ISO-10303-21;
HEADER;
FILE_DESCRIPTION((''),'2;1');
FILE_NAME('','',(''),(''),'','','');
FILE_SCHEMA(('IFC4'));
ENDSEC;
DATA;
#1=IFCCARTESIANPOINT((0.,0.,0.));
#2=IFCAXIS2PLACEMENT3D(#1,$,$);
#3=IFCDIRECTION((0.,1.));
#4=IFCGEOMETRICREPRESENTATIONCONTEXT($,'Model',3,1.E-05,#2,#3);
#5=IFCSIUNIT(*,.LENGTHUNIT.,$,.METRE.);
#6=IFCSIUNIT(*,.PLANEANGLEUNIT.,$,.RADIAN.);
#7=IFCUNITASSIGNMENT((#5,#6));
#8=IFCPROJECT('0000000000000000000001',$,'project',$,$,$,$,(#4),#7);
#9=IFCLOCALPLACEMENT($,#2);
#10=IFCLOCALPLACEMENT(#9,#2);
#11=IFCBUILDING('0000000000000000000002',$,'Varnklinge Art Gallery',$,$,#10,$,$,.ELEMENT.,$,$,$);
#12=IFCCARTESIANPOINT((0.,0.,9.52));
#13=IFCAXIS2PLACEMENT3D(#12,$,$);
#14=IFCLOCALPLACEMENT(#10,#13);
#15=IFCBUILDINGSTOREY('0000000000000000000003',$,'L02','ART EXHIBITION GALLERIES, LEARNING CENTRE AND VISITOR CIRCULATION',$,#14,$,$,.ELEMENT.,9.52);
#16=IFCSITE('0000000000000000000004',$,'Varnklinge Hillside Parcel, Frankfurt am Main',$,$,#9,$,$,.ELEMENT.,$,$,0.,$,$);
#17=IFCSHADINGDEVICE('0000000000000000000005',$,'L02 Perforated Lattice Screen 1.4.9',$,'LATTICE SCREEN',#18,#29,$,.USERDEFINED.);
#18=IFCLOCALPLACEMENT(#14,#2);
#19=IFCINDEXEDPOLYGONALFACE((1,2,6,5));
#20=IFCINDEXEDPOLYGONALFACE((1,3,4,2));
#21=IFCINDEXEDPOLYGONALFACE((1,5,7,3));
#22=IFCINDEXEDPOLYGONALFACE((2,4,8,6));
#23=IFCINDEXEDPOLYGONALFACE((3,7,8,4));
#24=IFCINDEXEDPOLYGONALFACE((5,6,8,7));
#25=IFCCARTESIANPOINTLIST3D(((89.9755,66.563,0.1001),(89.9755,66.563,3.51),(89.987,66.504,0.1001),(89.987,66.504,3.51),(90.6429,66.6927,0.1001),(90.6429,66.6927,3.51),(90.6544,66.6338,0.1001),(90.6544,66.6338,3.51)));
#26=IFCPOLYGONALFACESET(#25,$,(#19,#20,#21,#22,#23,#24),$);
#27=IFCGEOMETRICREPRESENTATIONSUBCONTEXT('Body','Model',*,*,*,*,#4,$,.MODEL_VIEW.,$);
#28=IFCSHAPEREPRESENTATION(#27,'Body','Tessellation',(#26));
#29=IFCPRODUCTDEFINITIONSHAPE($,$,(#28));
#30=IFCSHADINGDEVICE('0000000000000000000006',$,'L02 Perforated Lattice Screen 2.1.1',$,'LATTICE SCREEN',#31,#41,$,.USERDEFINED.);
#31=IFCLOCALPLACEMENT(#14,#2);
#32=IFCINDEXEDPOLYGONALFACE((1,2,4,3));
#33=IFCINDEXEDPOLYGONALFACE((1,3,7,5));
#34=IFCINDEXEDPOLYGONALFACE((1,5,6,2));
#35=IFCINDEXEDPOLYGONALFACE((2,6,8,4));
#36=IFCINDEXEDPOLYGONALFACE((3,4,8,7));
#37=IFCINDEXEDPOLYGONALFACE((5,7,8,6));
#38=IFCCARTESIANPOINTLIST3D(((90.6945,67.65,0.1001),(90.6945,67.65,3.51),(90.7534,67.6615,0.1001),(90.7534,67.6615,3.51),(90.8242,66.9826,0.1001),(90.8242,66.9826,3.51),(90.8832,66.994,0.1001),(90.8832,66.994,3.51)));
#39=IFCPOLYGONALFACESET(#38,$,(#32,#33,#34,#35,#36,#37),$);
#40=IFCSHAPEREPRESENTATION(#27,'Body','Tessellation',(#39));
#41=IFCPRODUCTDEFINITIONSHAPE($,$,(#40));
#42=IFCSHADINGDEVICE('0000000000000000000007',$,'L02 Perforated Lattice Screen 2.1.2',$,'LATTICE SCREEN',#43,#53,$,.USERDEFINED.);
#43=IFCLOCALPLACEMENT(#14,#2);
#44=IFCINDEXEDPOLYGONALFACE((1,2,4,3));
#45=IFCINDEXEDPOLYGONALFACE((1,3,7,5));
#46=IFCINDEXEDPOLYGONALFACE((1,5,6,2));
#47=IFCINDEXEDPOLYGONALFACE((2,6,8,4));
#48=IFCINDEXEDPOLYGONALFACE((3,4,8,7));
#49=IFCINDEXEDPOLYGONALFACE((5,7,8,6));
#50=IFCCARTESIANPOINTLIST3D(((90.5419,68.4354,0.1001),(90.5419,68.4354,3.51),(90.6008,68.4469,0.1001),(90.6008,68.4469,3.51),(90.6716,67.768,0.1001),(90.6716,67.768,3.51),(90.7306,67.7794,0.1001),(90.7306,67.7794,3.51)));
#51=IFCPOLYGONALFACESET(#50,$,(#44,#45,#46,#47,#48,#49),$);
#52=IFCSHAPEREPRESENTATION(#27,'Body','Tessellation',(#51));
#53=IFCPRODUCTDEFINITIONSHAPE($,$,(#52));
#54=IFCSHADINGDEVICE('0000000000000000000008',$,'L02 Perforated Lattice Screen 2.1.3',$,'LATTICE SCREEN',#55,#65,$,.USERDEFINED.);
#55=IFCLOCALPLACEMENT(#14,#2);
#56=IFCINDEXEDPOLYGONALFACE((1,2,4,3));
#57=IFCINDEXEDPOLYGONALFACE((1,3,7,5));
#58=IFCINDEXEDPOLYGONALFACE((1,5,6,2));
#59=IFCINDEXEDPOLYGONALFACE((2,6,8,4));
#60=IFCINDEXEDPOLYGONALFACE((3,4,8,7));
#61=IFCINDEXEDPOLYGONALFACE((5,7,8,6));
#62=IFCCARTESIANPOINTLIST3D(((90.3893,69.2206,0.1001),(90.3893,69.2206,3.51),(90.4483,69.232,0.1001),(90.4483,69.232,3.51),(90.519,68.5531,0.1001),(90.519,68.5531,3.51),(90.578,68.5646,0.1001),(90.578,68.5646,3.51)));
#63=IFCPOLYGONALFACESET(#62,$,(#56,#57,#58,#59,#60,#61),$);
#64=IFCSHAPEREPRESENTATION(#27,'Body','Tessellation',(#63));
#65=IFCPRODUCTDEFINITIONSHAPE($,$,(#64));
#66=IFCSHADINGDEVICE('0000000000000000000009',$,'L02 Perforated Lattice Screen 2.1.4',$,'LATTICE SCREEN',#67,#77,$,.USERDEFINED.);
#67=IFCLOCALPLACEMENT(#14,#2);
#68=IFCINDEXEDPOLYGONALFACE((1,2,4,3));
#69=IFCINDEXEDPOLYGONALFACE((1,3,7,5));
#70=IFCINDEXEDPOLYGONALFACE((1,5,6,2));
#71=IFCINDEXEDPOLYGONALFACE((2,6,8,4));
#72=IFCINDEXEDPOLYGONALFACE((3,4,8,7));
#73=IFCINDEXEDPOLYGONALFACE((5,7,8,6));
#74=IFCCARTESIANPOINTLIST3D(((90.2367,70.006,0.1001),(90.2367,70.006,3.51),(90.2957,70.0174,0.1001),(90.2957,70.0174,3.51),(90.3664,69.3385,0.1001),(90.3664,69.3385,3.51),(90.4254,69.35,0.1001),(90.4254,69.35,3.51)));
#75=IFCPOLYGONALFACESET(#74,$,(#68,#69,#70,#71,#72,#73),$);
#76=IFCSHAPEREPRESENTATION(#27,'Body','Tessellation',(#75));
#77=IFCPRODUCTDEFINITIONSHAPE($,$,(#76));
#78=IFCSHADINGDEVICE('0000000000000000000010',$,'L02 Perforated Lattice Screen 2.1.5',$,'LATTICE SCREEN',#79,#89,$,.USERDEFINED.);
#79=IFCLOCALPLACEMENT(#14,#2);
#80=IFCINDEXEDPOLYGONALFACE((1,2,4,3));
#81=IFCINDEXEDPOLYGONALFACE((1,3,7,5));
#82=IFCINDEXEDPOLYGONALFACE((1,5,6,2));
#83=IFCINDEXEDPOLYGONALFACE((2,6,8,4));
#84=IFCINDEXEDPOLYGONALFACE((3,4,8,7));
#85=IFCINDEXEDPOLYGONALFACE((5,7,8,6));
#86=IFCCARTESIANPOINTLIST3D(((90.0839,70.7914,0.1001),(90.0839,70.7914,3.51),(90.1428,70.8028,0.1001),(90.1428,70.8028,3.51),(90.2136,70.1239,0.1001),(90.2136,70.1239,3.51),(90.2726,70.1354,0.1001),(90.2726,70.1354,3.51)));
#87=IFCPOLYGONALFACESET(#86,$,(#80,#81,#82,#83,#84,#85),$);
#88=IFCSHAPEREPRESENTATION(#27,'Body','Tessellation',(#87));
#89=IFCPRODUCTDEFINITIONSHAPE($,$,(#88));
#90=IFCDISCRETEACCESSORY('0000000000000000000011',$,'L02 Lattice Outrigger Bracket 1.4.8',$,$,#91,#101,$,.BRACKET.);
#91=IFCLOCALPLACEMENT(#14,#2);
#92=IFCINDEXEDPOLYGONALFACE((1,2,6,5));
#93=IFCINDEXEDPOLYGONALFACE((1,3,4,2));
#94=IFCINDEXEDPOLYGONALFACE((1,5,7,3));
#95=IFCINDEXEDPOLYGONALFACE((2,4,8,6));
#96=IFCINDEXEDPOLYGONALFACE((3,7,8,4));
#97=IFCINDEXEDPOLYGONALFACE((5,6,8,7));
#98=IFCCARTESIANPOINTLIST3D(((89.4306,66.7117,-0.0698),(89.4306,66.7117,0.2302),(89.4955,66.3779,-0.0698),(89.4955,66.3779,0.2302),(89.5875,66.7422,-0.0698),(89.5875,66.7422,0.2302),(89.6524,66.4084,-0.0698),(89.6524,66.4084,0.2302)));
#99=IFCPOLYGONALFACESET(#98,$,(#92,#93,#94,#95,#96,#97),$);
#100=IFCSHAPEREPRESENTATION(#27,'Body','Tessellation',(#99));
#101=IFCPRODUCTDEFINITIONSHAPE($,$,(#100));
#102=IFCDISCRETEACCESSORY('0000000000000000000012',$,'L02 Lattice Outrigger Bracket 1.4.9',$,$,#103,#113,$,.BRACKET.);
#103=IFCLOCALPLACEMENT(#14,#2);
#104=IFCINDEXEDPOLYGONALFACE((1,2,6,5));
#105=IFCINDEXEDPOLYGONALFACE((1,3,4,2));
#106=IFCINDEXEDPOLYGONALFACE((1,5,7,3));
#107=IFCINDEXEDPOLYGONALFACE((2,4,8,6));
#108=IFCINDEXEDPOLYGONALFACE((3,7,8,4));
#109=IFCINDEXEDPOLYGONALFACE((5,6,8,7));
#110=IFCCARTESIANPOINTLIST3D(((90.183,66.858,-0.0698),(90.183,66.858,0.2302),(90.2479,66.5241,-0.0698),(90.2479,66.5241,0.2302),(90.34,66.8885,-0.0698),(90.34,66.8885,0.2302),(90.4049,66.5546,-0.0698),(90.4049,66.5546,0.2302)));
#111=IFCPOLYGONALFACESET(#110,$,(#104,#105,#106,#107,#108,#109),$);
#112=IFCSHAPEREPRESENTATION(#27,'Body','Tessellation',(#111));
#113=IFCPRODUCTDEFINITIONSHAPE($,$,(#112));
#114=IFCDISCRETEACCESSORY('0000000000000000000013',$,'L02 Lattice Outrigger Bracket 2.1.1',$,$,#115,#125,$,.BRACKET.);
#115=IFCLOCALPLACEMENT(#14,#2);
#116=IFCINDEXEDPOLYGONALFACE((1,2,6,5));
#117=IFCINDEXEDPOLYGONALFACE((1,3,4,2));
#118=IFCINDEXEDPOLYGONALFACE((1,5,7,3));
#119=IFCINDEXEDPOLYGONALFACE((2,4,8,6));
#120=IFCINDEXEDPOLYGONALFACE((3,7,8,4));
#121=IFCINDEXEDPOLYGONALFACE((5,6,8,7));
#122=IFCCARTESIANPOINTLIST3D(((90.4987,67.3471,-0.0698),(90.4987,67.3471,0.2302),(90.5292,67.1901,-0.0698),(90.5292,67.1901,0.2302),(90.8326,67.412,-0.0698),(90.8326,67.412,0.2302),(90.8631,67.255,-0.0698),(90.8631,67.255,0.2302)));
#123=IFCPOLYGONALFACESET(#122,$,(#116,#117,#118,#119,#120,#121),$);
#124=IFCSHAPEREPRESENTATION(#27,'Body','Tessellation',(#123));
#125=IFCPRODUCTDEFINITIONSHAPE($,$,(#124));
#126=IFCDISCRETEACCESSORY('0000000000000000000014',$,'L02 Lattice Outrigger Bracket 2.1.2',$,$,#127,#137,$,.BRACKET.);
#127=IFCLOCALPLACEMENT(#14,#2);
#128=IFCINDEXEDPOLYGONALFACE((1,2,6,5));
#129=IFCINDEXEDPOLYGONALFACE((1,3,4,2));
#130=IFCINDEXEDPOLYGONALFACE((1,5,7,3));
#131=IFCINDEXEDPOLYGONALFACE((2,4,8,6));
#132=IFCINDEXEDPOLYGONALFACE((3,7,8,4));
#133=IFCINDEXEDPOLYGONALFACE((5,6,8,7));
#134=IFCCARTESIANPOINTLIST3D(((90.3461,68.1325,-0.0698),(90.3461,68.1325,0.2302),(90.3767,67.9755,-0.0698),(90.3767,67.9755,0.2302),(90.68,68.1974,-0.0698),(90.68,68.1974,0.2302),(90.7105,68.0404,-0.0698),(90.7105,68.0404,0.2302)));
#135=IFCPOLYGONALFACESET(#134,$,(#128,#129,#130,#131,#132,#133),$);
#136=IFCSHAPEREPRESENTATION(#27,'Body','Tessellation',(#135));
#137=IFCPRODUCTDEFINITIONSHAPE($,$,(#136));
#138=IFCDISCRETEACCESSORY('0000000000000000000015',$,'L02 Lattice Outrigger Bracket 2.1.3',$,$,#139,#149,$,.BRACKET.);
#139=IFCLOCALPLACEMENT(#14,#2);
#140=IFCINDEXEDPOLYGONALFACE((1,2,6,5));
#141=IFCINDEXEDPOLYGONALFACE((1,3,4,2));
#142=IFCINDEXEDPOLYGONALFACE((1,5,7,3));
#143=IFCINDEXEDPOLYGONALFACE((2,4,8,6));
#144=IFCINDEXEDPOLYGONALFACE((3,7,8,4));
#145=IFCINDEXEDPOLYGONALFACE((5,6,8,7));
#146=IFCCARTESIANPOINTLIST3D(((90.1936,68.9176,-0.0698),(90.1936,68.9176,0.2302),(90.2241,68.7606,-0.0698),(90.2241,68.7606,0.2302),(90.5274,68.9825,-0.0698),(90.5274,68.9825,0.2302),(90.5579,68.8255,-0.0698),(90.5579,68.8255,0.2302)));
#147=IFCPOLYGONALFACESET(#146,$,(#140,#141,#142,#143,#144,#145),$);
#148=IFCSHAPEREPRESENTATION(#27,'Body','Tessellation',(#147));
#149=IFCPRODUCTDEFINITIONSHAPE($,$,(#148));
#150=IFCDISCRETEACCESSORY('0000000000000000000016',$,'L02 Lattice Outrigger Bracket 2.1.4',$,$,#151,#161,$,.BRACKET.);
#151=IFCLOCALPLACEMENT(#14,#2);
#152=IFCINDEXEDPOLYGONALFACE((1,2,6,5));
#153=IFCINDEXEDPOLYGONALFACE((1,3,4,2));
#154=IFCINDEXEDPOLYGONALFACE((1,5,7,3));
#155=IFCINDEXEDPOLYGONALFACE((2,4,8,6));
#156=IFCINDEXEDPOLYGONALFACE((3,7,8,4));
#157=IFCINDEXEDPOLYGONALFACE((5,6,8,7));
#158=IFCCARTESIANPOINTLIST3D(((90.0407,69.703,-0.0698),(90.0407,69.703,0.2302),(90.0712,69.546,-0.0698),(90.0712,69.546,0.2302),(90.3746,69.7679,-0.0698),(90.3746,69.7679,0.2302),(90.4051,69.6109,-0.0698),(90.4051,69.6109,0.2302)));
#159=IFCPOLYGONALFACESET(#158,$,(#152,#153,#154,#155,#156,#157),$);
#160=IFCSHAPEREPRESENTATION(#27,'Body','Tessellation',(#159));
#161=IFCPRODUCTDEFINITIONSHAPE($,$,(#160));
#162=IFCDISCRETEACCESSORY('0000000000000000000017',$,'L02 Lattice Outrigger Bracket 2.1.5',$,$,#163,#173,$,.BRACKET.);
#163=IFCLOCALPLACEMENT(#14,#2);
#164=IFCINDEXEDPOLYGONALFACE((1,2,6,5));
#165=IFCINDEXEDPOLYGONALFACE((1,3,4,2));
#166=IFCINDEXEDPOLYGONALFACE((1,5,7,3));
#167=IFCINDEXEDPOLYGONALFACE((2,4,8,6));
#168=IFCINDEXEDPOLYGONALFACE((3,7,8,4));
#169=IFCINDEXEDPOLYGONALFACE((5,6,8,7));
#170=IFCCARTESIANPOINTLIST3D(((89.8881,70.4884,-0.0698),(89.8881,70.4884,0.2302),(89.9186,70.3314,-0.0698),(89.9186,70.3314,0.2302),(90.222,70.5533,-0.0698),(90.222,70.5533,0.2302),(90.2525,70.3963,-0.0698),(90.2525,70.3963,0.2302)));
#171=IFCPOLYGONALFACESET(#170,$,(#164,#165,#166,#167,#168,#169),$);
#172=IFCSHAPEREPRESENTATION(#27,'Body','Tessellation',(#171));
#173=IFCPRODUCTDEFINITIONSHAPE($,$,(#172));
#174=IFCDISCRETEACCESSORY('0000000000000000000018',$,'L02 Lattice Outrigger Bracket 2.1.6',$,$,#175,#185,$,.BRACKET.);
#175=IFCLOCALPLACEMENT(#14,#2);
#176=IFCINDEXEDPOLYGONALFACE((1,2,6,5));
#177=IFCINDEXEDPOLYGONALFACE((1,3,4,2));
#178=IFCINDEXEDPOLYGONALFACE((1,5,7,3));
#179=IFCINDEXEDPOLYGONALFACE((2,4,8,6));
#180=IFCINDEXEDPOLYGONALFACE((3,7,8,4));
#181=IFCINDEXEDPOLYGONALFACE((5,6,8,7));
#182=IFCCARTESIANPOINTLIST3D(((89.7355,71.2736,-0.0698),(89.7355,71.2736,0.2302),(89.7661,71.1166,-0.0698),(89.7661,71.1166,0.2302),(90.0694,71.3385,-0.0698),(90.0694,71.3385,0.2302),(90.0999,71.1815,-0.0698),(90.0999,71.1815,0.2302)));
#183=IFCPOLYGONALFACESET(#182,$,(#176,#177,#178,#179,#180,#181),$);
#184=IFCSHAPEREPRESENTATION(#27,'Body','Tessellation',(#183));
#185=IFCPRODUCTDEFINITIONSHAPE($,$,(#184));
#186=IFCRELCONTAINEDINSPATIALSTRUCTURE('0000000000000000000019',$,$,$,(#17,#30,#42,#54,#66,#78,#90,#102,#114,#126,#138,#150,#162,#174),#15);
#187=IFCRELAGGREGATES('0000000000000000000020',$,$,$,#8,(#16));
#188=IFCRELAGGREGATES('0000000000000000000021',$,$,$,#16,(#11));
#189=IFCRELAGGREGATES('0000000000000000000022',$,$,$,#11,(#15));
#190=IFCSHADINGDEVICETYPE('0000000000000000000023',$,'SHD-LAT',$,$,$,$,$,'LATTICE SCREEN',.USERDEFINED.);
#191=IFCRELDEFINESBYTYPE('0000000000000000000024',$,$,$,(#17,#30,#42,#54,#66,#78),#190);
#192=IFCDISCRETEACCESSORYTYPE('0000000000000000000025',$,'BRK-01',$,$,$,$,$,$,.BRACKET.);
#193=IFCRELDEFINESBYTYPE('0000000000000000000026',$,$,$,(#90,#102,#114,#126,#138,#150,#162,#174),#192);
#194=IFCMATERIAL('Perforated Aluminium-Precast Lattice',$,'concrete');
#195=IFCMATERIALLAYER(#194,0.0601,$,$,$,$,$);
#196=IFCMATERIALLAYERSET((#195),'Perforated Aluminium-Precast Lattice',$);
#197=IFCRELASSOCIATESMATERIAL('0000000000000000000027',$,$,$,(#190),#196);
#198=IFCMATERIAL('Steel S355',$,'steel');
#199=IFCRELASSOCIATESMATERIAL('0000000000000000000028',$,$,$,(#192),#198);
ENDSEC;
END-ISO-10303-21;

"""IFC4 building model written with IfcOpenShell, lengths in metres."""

from ifc_helpers import new_model, si_unit, direction, frame, origin, origin_2d, place, context, subcontext, project, spatial, rectangle, extrude, material, layer, layer_set, type_object, element, save


model = new_model("IFC4")

# Units and contexts
model_context = context("Model", 3, precision=1e-05, world=origin(), true_north=direction((0.0, 1.0)))
body_context = subcontext(model_context, "Body", "Model", "MODEL_VIEW")
ifc_project = project(units=[si_unit("LENGTHUNIT", "METRE"), si_unit("PLANEANGLEUNIT", "RADIAN")], contexts=[model_context])

# Site, building, storey
site_placement = place(None, origin())
site = spatial("IfcSite", under=ifc_project, at=site_placement, Name="Varnklinge Hillside Parcel, Frankfurt am Main", CompositionType="ELEMENT", RefElevation=0.0)
building_placement = place(site_placement, origin())
building = spatial("IfcBuilding", under=site, at=building_placement, Name="Varnklinge Art Gallery", CompositionType="ELEMENT")
storey_placement = place(building_placement, frame((0.0, 0.0, 9.52)))
storey = spatial("IfcBuildingStorey", under=building, at=storey_placement, Name="L02", Description="ART EXHIBITION GALLERIES, LEARNING CENTRE AND VISITOR CIRCULATION", CompositionType="ELEMENT", Elevation=9.52)

# Shading devices
ifc_material_1 = material(Name="Perforated Aluminium-Precast Lattice", Category="concrete")
ifc_layer_1 = layer(ifc_material_1, 0.0601)
ifc_layer_set_1 = layer_set([ifc_layer_1], Name="Perforated Aluminium-Precast Lattice")
shading_device_type = type_object("IfcShadingDeviceType", Name="SHD-LAT", ElementType="LATTICE SCREEN", PredefinedType="USERDEFINED", material=ifc_layer_set_1)
for number, where, z_axis, x_axis, name in (
    (1, (90.3149, 66.5984, 0.1001), (0.0, 0.0, 1.0), (0.981627, 0.190809, 0.0), "L02 Perforated Lattice Screen 1.4.9"),
    (2, (90.7888, 67.322, 0.1001), (0.0, 0.0, 1.0), (-0.190809, 0.981627, 0.0), "L02 Perforated Lattice Screen 2.1.1"),
    (3, (90.6362, 68.1074, 0.1001), (0.0, 0.0, 1.0), (-0.190809, 0.981627, 0.0), "L02 Perforated Lattice Screen 2.1.2"),
    (4, (90.4836, 68.8926, 0.1001), (0.0, 0.0, 1.0), (-0.190809, 0.981627, 0.0), "L02 Perforated Lattice Screen 2.1.3"),
    (5, (90.3311, 69.678, 0.1001), (0.0, 0.0, 1.0), (-0.190809, 0.981627, 0.0), "L02 Perforated Lattice Screen 2.1.4"),
    (6, (90.1782, 70.4634, 0.1001), (0.0, 0.0, 1.0), (-0.190809, 0.981627, 0.0), "L02 Perforated Lattice Screen 2.1.5"),
):
    element("IfcShadingDevice", number, at=place(storey_placement, frame(where, z_axis=z_axis, x_axis=x_axis)), inside=storey, type_object=shading_device_type, Name=name, ObjectType="LATTICE SCREEN", PredefinedType="USERDEFINED", context=body_context, shape_type="SweptSolid", body=[
        extrude(rectangle(XDim=0.6799, YDim=0.0601, at=origin_2d()), origin(), (0.0, 0.0, 1.0), 3.4099),
    ])

# Discrete accessories
ifc_material_2 = material(Name="Steel S355", Category="steel")
discrete_accessory_type = type_object("IfcDiscreteAccessoryType", Name="BRK-01", PredefinedType="BRACKET", material=ifc_material_2)
for number, where, z_axis, x_axis, name in (
    (7, (89.5415, 66.5601, -0.0698), (0.0, 0.0, 1.0), (0.981627, 0.190809, 0.0), "L02 Lattice Outrigger Bracket 1.4.8"),
    (8, (90.2939, 66.7063, -0.0698), (0.0, 0.0, 1.0), (0.981627, 0.190809, 0.0), "L02 Lattice Outrigger Bracket 1.4.9"),
    (9, (90.6809, 67.301, -0.0698), (0.0, 0.0, 1.0), (-0.190809, 0.981627, 0.0), "L02 Lattice Outrigger Bracket 2.1.1"),
    (10, (90.5283, 68.0864, -0.0698), (0.0, 0.0, 1.0), (-0.190809, 0.981627, 0.0), "L02 Lattice Outrigger Bracket 2.1.2"),
    (11, (90.3757, 68.8716, -0.0698), (0.0, 0.0, 1.0), (-0.190809, 0.981627, 0.0), "L02 Lattice Outrigger Bracket 2.1.3"),
    (12, (90.2229, 69.657, -0.0698), (0.0, 0.0, 1.0), (-0.190809, 0.981627, 0.0), "L02 Lattice Outrigger Bracket 2.1.4"),
    (13, (90.0703, 70.4424, -0.0698), (0.0, 0.0, 1.0), (-0.190809, 0.981627, 0.0), "L02 Lattice Outrigger Bracket 2.1.5"),
    (14, (89.9177, 71.2275, -0.0698), (0.0, 0.0, 1.0), (-0.190809, 0.981627, 0.0), "L02 Lattice Outrigger Bracket 2.1.6"),
):
    element("IfcDiscreteAccessory", number, at=place(storey_placement, frame(where, z_axis=z_axis, x_axis=x_axis)), inside=storey, type_object=discrete_accessory_type, Name=name, PredefinedType="BRACKET", context=body_context, shape_type="SweptSolid", body=[
        extrude(rectangle(XDim=0.1599, YDim=0.3401, at=origin_2d()), origin(), (0.0, 0.0, 1.0), 0.3),
    ])

save(model, "model.ifc")
